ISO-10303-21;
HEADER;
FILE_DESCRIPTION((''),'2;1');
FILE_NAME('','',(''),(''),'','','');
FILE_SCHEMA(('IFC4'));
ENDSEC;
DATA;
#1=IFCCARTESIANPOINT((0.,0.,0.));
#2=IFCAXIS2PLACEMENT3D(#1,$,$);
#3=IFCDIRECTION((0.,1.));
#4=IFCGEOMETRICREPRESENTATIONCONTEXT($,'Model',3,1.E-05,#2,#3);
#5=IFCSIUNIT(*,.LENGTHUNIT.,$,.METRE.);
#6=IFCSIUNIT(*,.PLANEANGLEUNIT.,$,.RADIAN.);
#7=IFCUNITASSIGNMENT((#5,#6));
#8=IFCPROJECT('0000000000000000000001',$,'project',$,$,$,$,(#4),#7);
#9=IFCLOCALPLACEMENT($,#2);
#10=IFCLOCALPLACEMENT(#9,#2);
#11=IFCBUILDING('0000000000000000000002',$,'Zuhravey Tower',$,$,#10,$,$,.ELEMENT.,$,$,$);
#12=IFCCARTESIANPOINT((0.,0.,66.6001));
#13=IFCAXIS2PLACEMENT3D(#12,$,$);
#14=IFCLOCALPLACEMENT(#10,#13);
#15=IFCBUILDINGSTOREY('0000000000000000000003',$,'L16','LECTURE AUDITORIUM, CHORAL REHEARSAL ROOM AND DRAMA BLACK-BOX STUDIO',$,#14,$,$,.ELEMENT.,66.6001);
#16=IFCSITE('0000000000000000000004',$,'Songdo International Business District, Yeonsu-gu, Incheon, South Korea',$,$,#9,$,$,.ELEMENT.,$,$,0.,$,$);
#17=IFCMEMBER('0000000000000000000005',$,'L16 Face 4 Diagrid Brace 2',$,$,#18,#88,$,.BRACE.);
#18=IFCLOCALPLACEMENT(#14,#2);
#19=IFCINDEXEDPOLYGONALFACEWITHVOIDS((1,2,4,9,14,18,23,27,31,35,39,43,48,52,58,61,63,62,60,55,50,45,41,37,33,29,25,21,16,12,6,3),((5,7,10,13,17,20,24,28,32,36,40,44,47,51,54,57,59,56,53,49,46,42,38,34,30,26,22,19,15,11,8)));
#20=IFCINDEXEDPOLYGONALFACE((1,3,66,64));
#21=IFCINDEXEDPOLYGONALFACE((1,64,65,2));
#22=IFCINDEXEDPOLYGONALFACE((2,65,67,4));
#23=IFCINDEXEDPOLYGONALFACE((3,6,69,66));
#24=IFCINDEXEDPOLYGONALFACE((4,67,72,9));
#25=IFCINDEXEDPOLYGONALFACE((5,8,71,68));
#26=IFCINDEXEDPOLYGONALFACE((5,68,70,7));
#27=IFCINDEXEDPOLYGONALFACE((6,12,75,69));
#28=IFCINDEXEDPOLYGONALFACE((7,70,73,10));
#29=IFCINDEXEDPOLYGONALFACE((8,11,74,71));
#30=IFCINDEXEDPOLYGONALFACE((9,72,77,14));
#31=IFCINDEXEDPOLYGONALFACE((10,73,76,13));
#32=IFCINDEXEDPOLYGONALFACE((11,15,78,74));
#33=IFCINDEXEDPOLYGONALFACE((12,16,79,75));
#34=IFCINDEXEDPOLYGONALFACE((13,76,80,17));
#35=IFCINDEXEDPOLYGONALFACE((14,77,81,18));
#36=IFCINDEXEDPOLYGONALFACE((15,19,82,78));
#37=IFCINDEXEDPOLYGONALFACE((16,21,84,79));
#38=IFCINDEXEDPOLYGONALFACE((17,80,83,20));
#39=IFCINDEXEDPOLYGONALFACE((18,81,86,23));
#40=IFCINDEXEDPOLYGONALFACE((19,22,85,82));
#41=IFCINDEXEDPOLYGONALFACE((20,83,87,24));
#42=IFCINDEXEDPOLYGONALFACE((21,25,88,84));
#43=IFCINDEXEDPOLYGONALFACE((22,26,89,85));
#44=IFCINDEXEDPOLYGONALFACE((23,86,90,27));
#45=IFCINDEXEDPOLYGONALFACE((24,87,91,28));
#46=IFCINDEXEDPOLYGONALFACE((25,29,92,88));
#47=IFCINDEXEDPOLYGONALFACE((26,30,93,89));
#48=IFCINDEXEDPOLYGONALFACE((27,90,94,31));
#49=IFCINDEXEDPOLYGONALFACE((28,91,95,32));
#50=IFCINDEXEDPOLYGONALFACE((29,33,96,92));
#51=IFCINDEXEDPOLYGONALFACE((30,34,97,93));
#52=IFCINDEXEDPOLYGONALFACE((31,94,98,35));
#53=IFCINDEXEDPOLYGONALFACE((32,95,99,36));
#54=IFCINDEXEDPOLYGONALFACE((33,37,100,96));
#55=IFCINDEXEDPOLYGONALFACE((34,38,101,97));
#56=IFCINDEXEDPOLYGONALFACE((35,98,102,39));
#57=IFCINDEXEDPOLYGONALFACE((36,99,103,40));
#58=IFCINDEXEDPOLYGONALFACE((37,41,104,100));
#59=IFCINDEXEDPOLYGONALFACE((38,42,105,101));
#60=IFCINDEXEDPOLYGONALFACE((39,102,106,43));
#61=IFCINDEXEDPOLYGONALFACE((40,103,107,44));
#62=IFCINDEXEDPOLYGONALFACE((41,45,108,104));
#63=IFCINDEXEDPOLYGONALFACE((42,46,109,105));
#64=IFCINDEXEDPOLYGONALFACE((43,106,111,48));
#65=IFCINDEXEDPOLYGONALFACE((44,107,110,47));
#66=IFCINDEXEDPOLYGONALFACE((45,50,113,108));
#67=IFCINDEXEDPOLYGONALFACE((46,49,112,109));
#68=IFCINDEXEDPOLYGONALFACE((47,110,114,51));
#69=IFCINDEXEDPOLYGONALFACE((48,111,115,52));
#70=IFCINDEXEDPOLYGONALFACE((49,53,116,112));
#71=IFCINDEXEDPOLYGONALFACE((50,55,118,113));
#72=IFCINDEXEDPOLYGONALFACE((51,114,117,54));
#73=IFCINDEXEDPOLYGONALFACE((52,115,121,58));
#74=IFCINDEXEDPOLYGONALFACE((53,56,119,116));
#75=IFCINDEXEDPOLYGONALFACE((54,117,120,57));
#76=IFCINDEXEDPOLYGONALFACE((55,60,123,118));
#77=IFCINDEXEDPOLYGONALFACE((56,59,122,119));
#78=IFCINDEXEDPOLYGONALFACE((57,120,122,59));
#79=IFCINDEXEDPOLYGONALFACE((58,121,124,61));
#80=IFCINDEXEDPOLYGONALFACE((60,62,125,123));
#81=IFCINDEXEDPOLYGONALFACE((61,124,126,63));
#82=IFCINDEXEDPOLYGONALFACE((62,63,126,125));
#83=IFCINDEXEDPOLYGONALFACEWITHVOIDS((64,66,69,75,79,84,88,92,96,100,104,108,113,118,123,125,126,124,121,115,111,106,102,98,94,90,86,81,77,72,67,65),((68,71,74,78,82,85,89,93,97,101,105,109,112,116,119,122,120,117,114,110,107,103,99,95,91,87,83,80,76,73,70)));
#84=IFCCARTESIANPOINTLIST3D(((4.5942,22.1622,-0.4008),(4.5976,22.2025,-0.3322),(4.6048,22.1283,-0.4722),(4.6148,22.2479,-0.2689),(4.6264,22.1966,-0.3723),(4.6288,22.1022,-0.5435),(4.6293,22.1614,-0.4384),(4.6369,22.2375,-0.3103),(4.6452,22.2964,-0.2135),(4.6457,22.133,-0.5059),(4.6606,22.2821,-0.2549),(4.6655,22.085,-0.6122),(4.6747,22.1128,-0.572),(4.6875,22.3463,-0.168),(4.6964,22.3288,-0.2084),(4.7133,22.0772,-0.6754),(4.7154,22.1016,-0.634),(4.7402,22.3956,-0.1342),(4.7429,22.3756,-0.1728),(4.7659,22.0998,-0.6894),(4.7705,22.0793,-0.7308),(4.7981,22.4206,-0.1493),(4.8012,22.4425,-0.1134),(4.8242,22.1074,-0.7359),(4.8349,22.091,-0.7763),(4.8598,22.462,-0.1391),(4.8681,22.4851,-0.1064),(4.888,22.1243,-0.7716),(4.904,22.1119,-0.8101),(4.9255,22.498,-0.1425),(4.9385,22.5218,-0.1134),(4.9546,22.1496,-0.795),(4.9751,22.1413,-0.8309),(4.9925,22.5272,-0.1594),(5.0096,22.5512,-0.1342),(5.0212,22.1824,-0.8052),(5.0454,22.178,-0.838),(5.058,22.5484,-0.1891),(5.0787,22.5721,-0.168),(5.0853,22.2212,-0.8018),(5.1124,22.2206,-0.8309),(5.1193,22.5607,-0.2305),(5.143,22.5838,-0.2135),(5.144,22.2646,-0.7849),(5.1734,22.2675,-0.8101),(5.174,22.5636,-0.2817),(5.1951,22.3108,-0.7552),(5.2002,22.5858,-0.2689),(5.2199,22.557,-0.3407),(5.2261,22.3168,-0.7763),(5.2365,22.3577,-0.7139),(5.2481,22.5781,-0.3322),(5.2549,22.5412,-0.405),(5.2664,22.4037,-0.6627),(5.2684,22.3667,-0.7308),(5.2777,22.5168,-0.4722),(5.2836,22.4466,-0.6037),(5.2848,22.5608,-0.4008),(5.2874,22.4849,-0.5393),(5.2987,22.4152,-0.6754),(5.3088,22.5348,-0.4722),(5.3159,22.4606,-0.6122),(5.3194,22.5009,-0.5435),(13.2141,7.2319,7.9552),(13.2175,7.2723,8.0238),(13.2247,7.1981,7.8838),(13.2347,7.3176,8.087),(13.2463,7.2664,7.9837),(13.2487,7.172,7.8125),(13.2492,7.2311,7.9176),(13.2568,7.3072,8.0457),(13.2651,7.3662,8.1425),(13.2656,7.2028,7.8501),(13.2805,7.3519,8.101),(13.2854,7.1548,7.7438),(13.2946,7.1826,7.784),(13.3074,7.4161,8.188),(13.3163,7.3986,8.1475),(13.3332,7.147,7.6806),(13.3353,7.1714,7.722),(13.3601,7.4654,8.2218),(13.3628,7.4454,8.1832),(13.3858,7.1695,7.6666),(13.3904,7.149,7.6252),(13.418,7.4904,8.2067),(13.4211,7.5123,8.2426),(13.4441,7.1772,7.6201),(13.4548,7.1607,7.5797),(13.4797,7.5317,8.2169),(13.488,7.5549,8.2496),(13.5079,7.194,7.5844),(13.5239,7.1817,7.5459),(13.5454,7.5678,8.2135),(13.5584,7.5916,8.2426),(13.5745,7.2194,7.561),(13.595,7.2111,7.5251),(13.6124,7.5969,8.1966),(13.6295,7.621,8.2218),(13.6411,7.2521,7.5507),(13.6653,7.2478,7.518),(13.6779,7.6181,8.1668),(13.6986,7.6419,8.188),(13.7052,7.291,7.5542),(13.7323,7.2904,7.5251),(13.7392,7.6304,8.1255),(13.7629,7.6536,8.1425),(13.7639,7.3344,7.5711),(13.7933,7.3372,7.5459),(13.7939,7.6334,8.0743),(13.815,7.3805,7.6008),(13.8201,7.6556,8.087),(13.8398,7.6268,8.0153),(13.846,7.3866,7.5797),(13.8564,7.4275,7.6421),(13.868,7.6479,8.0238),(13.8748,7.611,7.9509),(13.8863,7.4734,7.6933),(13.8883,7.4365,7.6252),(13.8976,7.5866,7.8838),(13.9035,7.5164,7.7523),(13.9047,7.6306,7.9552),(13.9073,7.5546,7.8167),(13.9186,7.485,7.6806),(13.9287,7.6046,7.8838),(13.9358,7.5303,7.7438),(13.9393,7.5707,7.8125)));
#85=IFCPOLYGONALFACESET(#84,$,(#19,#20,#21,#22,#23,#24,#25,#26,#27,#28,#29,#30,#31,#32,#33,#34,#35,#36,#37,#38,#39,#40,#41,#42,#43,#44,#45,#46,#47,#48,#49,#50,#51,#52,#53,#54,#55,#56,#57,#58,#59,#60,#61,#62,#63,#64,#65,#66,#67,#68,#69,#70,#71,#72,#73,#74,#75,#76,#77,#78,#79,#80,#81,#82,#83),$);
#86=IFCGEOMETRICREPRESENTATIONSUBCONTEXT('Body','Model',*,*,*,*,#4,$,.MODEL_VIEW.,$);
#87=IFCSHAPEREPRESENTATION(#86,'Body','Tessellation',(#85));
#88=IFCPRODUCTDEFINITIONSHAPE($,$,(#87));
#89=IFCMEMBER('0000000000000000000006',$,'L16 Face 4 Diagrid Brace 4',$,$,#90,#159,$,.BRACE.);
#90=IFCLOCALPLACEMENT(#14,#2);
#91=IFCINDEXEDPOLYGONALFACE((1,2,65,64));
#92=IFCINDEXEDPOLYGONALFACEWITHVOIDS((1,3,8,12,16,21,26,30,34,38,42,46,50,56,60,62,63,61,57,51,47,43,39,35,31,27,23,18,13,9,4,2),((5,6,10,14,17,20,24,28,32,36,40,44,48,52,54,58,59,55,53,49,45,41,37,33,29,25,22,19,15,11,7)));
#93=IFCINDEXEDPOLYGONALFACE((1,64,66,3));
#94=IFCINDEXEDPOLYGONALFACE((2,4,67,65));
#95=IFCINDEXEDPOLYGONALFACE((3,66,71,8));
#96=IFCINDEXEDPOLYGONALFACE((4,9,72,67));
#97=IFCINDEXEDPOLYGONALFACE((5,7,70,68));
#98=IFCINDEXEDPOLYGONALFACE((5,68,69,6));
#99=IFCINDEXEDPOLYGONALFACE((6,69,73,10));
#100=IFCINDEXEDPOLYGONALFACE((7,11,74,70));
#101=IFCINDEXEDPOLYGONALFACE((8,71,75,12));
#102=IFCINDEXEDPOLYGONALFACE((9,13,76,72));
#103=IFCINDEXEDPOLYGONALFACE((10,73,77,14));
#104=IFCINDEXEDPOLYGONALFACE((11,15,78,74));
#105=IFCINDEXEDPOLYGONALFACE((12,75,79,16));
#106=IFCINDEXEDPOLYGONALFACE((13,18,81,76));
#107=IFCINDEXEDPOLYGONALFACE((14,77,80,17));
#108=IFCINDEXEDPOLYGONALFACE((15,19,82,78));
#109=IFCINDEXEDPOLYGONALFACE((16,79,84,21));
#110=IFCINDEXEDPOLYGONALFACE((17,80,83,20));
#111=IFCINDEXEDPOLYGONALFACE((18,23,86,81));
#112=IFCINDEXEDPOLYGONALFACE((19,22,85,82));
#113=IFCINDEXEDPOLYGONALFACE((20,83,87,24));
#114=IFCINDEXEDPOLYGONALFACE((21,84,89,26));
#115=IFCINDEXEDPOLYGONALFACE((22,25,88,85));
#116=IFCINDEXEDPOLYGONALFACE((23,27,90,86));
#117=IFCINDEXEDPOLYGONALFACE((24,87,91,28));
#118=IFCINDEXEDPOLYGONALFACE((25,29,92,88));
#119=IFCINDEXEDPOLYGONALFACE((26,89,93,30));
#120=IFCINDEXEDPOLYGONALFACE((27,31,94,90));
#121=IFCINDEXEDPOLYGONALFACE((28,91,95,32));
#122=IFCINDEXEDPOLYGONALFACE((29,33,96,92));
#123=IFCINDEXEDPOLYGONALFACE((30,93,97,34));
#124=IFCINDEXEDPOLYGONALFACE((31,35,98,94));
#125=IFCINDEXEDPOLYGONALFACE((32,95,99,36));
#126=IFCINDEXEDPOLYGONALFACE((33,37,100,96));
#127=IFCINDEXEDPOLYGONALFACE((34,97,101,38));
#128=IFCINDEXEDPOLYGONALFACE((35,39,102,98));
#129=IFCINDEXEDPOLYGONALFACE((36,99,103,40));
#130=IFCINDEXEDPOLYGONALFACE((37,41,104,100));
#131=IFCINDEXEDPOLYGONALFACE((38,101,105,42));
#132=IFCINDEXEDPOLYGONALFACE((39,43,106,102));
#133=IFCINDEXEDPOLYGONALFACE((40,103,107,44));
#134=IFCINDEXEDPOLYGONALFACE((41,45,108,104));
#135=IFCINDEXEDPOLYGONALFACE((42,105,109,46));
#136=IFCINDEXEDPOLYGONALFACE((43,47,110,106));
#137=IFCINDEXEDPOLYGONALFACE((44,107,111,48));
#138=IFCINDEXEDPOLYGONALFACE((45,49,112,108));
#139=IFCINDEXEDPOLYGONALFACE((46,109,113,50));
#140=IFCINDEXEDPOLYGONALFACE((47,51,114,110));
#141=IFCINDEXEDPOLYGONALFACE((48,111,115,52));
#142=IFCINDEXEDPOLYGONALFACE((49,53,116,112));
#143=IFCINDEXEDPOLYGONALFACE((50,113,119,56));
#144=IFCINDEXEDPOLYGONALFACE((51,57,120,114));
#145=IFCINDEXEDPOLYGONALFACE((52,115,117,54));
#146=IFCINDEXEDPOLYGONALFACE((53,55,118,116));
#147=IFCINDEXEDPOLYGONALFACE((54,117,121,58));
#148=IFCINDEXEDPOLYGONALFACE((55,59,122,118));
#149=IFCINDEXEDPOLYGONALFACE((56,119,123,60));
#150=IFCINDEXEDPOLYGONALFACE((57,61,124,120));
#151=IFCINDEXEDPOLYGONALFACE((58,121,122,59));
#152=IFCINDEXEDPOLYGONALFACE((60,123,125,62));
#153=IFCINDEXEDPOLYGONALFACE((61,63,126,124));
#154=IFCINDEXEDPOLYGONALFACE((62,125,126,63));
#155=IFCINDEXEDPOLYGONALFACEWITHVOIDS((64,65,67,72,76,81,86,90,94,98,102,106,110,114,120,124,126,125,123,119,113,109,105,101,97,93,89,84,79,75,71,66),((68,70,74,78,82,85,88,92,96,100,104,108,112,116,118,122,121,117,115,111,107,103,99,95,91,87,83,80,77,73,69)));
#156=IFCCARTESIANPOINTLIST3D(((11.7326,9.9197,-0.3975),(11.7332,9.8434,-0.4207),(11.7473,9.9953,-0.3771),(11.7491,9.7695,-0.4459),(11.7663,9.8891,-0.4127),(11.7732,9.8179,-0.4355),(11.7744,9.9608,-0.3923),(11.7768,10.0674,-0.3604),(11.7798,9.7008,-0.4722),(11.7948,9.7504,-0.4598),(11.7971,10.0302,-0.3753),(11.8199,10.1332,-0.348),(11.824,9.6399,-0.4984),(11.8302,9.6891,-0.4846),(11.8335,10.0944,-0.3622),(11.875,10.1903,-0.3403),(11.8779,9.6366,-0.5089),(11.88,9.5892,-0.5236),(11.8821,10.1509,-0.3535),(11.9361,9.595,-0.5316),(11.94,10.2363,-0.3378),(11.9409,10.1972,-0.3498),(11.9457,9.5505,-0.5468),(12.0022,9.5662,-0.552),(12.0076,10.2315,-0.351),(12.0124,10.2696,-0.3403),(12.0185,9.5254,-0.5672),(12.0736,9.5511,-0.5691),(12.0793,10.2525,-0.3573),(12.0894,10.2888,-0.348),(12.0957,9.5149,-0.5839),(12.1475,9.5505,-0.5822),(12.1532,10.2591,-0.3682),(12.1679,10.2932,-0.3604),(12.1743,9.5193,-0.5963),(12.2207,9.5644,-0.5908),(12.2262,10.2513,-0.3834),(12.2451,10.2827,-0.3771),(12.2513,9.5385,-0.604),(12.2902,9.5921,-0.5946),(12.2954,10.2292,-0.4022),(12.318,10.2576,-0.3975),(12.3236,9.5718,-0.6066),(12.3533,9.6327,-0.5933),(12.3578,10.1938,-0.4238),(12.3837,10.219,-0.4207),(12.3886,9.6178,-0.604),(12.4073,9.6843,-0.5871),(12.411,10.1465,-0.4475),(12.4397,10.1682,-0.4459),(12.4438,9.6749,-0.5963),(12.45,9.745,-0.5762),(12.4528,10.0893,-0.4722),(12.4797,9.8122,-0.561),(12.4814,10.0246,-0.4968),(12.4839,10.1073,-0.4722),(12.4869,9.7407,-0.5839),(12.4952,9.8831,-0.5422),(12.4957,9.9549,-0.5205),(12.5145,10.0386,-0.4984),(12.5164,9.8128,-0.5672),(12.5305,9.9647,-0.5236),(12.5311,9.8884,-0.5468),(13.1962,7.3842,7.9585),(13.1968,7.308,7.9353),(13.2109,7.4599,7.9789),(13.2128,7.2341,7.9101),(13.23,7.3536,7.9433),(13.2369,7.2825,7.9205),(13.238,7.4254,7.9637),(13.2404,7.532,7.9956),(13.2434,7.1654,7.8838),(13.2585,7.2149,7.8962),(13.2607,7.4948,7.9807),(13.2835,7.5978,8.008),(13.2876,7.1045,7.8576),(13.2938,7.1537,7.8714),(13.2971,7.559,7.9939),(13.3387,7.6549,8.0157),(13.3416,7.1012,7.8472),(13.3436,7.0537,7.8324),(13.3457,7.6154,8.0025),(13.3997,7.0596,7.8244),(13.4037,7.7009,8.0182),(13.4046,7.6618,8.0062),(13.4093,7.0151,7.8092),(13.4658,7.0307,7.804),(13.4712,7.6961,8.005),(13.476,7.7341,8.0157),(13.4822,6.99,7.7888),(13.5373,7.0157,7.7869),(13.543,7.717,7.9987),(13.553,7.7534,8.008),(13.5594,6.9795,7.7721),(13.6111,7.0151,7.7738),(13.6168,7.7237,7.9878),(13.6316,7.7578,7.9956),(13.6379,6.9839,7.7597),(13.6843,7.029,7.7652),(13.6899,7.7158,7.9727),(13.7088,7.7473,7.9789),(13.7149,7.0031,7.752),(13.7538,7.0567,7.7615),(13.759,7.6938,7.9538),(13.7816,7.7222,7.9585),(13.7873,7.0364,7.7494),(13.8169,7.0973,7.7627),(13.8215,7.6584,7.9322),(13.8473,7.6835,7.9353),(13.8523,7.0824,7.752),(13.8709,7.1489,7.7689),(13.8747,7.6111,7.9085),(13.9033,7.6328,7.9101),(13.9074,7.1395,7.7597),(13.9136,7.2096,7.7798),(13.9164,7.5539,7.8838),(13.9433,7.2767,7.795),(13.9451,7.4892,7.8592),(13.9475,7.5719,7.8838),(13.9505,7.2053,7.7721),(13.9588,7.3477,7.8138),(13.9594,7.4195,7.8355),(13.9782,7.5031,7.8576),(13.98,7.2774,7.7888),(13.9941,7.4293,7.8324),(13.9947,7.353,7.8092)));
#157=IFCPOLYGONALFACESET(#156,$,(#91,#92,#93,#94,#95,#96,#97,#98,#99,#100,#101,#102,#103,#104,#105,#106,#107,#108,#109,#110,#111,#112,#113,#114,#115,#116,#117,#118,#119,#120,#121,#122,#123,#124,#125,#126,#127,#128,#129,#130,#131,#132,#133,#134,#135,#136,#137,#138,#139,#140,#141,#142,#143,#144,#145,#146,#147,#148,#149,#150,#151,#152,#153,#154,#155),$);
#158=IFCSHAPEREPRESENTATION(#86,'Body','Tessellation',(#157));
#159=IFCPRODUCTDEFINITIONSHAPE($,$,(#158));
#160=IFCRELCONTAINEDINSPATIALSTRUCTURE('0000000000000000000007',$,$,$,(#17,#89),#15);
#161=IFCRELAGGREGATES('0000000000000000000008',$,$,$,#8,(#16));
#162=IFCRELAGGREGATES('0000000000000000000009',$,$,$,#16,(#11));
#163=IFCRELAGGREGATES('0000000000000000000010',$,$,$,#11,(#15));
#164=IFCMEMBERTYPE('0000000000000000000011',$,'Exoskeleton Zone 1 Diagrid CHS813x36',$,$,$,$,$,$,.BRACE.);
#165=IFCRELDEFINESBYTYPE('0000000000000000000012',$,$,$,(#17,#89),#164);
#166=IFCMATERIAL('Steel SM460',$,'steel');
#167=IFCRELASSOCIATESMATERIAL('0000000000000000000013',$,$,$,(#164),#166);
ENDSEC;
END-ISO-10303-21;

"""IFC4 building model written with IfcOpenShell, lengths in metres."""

from ifc_helpers import new_model, si_unit, direction, frame, origin, origin_2d, place, context, subcontext, project, spatial, hollow_circle, extrude, material, material_profile, profile_set, type_object, element, save


model = new_model("IFC4")

# Units and contexts
model_context = context("Model", 3, precision=1e-05, world=origin(), true_north=direction((0.0, 1.0)))
body_context = subcontext(model_context, "Body", "Model", "MODEL_VIEW")
ifc_project = project(units=[si_unit("LENGTHUNIT", "METRE"), si_unit("PLANEANGLEUNIT", "RADIAN")], contexts=[model_context])

# Site, building, storey
site_placement = place(None, origin())
site = spatial("IfcSite", under=ifc_project, at=site_placement, Name="Songdo International Business District, Yeonsu-gu, Incheon, South Korea", CompositionType="ELEMENT", RefElevation=0.0)
building_placement = place(site_placement, origin())
building = spatial("IfcBuilding", under=site, at=building_placement, Name="Zuhravey Tower", CompositionType="ELEMENT")
storey_placement = place(building_placement, frame((0.0, 0.0, 66.6001)))
storey = spatial("IfcBuildingStorey", under=building, at=storey_placement, Name="L16", Description="LECTURE AUDITORIUM, CHORAL REHEARSAL ROOM AND DRAMA BLACK-BOX STUDIO", CompositionType="ELEMENT", Elevation=66.6001)

# Members
ifc_material_1 = material(Name="Steel SM460", Category="steel")
ifc_material_profile_1 = material_profile(ifc_material_1, hollow_circle(Radius=0.4065, WallThickness=0.0359, at=origin_2d()), Name="CHS-812.8x36")
ifc_profile_set_1 = profile_set([ifc_material_profile_1], Name="Steel SM460")
member_type_1 = type_object("IfcMemberType", Name="Exoskeleton Zone 1 Diagrid CHS813x36", PredefinedType="BRACE", material=ifc_profile_set_1)
member_1_placement = place(storey_placement, frame((4.9568, 22.3315, -0.4722), z_axis=(0.449933, -0.779312, 0.436157), x_axis=(0.866027, 0.499997, 0.0)))
element("IfcMember", 1, at=member_1_placement, inside=storey, type_object=member_type_1, Name="L16 Face 4 Diagrid Brace 2", PredefinedType="BRACE", context=body_context, shape_type="SweptSolid", body=[
    extrude(hollow_circle(Radius=0.4065, WallThickness=0.0359, at=origin_2d()), origin(), (0.0, 0.0, 1.0), 19.1582),
])
member_2_placement = place(storey_placement, frame((12.1318, 9.9041, -0.4722), z_axis=(0.165307, -0.286358, 0.943755), x_axis=(0.866054, 0.499951, 0.0)))
element("IfcMember", 2, at=member_2_placement, inside=storey, type_object=member_type_1, Name="L16 Face 4 Diagrid Brace 4", PredefinedType="BRACE", context=body_context, shape_type="SweptSolid", body=[
    extrude(hollow_circle(Radius=0.4065, WallThickness=0.0359, at=origin_2d()), origin(), (0.0, 0.0, 1.0), 8.854),
])

save(model, "model.ifc")
